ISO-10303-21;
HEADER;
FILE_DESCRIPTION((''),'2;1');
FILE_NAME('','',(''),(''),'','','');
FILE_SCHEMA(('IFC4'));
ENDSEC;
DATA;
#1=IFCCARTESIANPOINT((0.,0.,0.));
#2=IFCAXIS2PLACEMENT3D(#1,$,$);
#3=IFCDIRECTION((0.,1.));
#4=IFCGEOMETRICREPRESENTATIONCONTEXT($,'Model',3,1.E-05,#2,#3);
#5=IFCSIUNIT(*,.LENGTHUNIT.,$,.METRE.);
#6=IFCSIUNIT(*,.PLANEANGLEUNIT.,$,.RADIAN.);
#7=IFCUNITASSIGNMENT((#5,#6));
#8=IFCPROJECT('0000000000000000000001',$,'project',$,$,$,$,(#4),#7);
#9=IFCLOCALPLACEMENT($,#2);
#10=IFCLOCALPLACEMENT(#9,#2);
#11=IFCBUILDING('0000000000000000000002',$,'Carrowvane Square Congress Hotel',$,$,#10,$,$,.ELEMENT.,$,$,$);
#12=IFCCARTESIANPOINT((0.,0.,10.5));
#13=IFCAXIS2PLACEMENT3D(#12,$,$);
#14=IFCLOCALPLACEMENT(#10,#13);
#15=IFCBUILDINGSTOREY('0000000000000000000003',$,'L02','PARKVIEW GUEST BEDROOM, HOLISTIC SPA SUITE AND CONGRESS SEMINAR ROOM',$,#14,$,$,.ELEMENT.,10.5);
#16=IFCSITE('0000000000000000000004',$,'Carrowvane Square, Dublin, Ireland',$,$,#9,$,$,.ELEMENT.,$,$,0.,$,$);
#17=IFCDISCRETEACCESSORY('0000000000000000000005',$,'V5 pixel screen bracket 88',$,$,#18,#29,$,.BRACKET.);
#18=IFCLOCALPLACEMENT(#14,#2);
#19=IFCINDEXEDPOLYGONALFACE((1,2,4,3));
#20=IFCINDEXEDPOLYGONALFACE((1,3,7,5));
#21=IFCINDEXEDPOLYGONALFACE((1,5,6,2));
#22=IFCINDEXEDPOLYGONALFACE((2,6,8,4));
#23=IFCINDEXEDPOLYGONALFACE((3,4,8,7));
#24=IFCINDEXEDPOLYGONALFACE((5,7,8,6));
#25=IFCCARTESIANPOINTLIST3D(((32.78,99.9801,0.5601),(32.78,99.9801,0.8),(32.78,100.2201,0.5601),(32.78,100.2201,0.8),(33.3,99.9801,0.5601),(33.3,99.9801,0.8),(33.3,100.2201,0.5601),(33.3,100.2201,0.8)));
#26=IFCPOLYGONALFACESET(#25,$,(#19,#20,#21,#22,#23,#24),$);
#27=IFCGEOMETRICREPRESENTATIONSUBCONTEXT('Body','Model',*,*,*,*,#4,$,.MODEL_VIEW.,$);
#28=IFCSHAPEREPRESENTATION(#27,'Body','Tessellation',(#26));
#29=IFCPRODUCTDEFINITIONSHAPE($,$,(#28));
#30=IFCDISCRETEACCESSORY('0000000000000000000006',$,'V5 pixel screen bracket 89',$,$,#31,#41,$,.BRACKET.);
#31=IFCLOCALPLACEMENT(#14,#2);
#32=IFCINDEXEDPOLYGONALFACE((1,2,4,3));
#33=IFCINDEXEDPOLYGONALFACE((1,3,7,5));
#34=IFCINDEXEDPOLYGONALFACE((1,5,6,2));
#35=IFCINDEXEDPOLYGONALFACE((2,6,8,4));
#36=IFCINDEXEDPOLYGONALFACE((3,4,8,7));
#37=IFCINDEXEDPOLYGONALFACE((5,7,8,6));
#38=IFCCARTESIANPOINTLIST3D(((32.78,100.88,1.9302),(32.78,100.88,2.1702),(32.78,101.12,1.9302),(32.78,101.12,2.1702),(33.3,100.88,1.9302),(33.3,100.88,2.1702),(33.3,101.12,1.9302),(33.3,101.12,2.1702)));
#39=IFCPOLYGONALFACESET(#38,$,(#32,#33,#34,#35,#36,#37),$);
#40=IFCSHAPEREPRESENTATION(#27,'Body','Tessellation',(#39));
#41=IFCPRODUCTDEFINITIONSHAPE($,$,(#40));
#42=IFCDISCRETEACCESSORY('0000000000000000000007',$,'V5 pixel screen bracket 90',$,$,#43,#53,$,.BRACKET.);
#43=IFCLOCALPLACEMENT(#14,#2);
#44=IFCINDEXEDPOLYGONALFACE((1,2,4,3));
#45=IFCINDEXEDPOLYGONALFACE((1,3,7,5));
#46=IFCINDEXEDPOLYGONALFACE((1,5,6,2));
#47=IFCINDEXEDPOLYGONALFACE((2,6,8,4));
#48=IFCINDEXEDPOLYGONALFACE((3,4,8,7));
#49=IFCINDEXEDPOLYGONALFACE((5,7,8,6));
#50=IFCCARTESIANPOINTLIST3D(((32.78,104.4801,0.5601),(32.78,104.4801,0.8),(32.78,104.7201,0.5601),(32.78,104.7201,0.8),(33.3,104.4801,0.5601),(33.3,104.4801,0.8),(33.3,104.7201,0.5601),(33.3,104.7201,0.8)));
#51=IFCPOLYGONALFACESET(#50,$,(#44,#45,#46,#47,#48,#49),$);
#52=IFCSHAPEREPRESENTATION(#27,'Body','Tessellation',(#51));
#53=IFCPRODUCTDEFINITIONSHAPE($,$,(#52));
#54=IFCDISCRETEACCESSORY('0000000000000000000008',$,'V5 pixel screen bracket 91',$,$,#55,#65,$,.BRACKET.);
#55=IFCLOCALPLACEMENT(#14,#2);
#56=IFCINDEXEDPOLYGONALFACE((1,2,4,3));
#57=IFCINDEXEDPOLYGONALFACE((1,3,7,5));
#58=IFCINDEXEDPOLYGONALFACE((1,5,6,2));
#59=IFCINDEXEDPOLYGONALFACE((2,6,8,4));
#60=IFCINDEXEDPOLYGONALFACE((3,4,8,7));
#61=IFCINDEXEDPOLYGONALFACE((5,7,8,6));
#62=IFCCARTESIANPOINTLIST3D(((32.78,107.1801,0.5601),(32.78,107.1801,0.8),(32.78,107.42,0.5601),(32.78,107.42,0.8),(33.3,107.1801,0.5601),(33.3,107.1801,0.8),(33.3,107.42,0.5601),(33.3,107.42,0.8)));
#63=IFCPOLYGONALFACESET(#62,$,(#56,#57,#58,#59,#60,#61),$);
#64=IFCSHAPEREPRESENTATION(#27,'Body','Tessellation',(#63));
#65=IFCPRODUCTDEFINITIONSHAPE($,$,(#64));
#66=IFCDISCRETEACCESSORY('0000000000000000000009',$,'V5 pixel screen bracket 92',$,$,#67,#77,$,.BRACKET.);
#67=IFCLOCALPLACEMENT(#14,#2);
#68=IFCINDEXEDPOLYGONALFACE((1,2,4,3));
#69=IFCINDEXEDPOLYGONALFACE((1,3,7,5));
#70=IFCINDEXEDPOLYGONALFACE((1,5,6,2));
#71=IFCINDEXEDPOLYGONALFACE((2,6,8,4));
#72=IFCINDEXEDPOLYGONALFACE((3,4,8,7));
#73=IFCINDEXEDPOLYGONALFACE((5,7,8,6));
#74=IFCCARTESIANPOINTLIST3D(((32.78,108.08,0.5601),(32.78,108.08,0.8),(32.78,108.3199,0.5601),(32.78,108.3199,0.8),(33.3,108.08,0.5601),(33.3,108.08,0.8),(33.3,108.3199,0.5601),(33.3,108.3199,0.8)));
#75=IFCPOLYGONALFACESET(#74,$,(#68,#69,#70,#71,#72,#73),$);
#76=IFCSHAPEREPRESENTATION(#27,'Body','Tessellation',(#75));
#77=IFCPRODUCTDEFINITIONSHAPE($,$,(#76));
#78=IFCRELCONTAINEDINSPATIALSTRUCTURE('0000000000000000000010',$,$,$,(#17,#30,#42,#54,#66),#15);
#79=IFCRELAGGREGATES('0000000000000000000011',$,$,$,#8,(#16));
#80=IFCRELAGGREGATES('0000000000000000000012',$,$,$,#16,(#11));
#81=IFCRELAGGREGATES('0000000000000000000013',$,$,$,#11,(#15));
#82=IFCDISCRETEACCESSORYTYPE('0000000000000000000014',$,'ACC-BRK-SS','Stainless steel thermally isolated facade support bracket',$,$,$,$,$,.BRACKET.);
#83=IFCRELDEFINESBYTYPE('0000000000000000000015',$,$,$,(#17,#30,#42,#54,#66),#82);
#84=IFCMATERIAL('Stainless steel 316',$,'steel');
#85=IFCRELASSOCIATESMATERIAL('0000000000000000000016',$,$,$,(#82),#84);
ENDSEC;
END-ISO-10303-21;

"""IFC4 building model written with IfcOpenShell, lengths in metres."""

from ifc_helpers import new_model, si_unit, direction, frame, origin, origin_2d, place, context, subcontext, project, spatial, rectangle, extrude, material, type_object, element, save


model = new_model("IFC4")

# Units and contexts
model_context = context("Model", 3, precision=1e-05, world=origin(), true_north=direction((0.0, 1.0)))
body_context = subcontext(model_context, "Body", "Model", "MODEL_VIEW")
ifc_project = project(units=[si_unit("LENGTHUNIT", "METRE"), si_unit("PLANEANGLEUNIT", "RADIAN")], contexts=[model_context])

# Site, building, storey
site_placement = place(None, origin())
site = spatial("IfcSite", under=ifc_project, at=site_placement, Name="Carrowvane Square, Dublin, Ireland", CompositionType="ELEMENT", RefElevation=0.0)
building_placement = place(site_placement, origin())
building = spatial("IfcBuilding", under=site, at=building_placement, Name="Carrowvane Square Congress Hotel", CompositionType="ELEMENT")
storey_placement = place(building_placement, frame((0.0, 0.0, 10.5)))
storey = spatial("IfcBuildingStorey", under=building, at=storey_placement, Name="L02", Description="PARKVIEW GUEST BEDROOM, HOLISTIC SPA SUITE AND CONGRESS SEMINAR ROOM", CompositionType="ELEMENT", Elevation=10.5)

# Discrete accessories
ifc_material_1 = material(Name="Stainless steel 316", Category="steel")
discrete_accessory_type = type_object("IfcDiscreteAccessoryType", Name="ACC-BRK-SS", Description="Stainless steel thermally isolated facade support bracket", PredefinedType="BRACKET", material=ifc_material_1)
for number, where, z_axis, x_axis, name in (
    (1, (33.04, 100.1001, 0.5601), (0.0, 0.0, 1.0), (0.0, 1.0, 0.0), "V5 pixel screen bracket 88"),
    (2, (33.04, 101.0, 1.9302), (0.0, 0.0, 1.0), (0.0, 1.0, 0.0), "V5 pixel screen bracket 89"),
    (3, (33.04, 104.6001, 0.5601), (0.0, 0.0, 1.0), (0.0, 1.0, 0.0), "V5 pixel screen bracket 90"),
    (4, (33.04, 107.3, 0.5601), (0.0, 0.0, 1.0), (0.0, 1.0, 0.0), "V5 pixel screen bracket 91"),
    (5, (33.04, 108.2, 0.5601), (0.0, 0.0, 1.0), (0.0, 1.0, 0.0), "V5 pixel screen bracket 92"),
):
    element("IfcDiscreteAccessory", number, at=place(storey_placement, frame(where, z_axis=z_axis, x_axis=x_axis)), inside=storey, type_object=discrete_accessory_type, Name=name, PredefinedType="BRACKET", context=body_context, shape_type="SweptSolid", body=[
        extrude(rectangle(XDim=0.24, YDim=0.52, at=origin_2d()), origin(), (0.0, 0.0, 1.0), 0.24),
    ])

save(model, "model.ifc")
